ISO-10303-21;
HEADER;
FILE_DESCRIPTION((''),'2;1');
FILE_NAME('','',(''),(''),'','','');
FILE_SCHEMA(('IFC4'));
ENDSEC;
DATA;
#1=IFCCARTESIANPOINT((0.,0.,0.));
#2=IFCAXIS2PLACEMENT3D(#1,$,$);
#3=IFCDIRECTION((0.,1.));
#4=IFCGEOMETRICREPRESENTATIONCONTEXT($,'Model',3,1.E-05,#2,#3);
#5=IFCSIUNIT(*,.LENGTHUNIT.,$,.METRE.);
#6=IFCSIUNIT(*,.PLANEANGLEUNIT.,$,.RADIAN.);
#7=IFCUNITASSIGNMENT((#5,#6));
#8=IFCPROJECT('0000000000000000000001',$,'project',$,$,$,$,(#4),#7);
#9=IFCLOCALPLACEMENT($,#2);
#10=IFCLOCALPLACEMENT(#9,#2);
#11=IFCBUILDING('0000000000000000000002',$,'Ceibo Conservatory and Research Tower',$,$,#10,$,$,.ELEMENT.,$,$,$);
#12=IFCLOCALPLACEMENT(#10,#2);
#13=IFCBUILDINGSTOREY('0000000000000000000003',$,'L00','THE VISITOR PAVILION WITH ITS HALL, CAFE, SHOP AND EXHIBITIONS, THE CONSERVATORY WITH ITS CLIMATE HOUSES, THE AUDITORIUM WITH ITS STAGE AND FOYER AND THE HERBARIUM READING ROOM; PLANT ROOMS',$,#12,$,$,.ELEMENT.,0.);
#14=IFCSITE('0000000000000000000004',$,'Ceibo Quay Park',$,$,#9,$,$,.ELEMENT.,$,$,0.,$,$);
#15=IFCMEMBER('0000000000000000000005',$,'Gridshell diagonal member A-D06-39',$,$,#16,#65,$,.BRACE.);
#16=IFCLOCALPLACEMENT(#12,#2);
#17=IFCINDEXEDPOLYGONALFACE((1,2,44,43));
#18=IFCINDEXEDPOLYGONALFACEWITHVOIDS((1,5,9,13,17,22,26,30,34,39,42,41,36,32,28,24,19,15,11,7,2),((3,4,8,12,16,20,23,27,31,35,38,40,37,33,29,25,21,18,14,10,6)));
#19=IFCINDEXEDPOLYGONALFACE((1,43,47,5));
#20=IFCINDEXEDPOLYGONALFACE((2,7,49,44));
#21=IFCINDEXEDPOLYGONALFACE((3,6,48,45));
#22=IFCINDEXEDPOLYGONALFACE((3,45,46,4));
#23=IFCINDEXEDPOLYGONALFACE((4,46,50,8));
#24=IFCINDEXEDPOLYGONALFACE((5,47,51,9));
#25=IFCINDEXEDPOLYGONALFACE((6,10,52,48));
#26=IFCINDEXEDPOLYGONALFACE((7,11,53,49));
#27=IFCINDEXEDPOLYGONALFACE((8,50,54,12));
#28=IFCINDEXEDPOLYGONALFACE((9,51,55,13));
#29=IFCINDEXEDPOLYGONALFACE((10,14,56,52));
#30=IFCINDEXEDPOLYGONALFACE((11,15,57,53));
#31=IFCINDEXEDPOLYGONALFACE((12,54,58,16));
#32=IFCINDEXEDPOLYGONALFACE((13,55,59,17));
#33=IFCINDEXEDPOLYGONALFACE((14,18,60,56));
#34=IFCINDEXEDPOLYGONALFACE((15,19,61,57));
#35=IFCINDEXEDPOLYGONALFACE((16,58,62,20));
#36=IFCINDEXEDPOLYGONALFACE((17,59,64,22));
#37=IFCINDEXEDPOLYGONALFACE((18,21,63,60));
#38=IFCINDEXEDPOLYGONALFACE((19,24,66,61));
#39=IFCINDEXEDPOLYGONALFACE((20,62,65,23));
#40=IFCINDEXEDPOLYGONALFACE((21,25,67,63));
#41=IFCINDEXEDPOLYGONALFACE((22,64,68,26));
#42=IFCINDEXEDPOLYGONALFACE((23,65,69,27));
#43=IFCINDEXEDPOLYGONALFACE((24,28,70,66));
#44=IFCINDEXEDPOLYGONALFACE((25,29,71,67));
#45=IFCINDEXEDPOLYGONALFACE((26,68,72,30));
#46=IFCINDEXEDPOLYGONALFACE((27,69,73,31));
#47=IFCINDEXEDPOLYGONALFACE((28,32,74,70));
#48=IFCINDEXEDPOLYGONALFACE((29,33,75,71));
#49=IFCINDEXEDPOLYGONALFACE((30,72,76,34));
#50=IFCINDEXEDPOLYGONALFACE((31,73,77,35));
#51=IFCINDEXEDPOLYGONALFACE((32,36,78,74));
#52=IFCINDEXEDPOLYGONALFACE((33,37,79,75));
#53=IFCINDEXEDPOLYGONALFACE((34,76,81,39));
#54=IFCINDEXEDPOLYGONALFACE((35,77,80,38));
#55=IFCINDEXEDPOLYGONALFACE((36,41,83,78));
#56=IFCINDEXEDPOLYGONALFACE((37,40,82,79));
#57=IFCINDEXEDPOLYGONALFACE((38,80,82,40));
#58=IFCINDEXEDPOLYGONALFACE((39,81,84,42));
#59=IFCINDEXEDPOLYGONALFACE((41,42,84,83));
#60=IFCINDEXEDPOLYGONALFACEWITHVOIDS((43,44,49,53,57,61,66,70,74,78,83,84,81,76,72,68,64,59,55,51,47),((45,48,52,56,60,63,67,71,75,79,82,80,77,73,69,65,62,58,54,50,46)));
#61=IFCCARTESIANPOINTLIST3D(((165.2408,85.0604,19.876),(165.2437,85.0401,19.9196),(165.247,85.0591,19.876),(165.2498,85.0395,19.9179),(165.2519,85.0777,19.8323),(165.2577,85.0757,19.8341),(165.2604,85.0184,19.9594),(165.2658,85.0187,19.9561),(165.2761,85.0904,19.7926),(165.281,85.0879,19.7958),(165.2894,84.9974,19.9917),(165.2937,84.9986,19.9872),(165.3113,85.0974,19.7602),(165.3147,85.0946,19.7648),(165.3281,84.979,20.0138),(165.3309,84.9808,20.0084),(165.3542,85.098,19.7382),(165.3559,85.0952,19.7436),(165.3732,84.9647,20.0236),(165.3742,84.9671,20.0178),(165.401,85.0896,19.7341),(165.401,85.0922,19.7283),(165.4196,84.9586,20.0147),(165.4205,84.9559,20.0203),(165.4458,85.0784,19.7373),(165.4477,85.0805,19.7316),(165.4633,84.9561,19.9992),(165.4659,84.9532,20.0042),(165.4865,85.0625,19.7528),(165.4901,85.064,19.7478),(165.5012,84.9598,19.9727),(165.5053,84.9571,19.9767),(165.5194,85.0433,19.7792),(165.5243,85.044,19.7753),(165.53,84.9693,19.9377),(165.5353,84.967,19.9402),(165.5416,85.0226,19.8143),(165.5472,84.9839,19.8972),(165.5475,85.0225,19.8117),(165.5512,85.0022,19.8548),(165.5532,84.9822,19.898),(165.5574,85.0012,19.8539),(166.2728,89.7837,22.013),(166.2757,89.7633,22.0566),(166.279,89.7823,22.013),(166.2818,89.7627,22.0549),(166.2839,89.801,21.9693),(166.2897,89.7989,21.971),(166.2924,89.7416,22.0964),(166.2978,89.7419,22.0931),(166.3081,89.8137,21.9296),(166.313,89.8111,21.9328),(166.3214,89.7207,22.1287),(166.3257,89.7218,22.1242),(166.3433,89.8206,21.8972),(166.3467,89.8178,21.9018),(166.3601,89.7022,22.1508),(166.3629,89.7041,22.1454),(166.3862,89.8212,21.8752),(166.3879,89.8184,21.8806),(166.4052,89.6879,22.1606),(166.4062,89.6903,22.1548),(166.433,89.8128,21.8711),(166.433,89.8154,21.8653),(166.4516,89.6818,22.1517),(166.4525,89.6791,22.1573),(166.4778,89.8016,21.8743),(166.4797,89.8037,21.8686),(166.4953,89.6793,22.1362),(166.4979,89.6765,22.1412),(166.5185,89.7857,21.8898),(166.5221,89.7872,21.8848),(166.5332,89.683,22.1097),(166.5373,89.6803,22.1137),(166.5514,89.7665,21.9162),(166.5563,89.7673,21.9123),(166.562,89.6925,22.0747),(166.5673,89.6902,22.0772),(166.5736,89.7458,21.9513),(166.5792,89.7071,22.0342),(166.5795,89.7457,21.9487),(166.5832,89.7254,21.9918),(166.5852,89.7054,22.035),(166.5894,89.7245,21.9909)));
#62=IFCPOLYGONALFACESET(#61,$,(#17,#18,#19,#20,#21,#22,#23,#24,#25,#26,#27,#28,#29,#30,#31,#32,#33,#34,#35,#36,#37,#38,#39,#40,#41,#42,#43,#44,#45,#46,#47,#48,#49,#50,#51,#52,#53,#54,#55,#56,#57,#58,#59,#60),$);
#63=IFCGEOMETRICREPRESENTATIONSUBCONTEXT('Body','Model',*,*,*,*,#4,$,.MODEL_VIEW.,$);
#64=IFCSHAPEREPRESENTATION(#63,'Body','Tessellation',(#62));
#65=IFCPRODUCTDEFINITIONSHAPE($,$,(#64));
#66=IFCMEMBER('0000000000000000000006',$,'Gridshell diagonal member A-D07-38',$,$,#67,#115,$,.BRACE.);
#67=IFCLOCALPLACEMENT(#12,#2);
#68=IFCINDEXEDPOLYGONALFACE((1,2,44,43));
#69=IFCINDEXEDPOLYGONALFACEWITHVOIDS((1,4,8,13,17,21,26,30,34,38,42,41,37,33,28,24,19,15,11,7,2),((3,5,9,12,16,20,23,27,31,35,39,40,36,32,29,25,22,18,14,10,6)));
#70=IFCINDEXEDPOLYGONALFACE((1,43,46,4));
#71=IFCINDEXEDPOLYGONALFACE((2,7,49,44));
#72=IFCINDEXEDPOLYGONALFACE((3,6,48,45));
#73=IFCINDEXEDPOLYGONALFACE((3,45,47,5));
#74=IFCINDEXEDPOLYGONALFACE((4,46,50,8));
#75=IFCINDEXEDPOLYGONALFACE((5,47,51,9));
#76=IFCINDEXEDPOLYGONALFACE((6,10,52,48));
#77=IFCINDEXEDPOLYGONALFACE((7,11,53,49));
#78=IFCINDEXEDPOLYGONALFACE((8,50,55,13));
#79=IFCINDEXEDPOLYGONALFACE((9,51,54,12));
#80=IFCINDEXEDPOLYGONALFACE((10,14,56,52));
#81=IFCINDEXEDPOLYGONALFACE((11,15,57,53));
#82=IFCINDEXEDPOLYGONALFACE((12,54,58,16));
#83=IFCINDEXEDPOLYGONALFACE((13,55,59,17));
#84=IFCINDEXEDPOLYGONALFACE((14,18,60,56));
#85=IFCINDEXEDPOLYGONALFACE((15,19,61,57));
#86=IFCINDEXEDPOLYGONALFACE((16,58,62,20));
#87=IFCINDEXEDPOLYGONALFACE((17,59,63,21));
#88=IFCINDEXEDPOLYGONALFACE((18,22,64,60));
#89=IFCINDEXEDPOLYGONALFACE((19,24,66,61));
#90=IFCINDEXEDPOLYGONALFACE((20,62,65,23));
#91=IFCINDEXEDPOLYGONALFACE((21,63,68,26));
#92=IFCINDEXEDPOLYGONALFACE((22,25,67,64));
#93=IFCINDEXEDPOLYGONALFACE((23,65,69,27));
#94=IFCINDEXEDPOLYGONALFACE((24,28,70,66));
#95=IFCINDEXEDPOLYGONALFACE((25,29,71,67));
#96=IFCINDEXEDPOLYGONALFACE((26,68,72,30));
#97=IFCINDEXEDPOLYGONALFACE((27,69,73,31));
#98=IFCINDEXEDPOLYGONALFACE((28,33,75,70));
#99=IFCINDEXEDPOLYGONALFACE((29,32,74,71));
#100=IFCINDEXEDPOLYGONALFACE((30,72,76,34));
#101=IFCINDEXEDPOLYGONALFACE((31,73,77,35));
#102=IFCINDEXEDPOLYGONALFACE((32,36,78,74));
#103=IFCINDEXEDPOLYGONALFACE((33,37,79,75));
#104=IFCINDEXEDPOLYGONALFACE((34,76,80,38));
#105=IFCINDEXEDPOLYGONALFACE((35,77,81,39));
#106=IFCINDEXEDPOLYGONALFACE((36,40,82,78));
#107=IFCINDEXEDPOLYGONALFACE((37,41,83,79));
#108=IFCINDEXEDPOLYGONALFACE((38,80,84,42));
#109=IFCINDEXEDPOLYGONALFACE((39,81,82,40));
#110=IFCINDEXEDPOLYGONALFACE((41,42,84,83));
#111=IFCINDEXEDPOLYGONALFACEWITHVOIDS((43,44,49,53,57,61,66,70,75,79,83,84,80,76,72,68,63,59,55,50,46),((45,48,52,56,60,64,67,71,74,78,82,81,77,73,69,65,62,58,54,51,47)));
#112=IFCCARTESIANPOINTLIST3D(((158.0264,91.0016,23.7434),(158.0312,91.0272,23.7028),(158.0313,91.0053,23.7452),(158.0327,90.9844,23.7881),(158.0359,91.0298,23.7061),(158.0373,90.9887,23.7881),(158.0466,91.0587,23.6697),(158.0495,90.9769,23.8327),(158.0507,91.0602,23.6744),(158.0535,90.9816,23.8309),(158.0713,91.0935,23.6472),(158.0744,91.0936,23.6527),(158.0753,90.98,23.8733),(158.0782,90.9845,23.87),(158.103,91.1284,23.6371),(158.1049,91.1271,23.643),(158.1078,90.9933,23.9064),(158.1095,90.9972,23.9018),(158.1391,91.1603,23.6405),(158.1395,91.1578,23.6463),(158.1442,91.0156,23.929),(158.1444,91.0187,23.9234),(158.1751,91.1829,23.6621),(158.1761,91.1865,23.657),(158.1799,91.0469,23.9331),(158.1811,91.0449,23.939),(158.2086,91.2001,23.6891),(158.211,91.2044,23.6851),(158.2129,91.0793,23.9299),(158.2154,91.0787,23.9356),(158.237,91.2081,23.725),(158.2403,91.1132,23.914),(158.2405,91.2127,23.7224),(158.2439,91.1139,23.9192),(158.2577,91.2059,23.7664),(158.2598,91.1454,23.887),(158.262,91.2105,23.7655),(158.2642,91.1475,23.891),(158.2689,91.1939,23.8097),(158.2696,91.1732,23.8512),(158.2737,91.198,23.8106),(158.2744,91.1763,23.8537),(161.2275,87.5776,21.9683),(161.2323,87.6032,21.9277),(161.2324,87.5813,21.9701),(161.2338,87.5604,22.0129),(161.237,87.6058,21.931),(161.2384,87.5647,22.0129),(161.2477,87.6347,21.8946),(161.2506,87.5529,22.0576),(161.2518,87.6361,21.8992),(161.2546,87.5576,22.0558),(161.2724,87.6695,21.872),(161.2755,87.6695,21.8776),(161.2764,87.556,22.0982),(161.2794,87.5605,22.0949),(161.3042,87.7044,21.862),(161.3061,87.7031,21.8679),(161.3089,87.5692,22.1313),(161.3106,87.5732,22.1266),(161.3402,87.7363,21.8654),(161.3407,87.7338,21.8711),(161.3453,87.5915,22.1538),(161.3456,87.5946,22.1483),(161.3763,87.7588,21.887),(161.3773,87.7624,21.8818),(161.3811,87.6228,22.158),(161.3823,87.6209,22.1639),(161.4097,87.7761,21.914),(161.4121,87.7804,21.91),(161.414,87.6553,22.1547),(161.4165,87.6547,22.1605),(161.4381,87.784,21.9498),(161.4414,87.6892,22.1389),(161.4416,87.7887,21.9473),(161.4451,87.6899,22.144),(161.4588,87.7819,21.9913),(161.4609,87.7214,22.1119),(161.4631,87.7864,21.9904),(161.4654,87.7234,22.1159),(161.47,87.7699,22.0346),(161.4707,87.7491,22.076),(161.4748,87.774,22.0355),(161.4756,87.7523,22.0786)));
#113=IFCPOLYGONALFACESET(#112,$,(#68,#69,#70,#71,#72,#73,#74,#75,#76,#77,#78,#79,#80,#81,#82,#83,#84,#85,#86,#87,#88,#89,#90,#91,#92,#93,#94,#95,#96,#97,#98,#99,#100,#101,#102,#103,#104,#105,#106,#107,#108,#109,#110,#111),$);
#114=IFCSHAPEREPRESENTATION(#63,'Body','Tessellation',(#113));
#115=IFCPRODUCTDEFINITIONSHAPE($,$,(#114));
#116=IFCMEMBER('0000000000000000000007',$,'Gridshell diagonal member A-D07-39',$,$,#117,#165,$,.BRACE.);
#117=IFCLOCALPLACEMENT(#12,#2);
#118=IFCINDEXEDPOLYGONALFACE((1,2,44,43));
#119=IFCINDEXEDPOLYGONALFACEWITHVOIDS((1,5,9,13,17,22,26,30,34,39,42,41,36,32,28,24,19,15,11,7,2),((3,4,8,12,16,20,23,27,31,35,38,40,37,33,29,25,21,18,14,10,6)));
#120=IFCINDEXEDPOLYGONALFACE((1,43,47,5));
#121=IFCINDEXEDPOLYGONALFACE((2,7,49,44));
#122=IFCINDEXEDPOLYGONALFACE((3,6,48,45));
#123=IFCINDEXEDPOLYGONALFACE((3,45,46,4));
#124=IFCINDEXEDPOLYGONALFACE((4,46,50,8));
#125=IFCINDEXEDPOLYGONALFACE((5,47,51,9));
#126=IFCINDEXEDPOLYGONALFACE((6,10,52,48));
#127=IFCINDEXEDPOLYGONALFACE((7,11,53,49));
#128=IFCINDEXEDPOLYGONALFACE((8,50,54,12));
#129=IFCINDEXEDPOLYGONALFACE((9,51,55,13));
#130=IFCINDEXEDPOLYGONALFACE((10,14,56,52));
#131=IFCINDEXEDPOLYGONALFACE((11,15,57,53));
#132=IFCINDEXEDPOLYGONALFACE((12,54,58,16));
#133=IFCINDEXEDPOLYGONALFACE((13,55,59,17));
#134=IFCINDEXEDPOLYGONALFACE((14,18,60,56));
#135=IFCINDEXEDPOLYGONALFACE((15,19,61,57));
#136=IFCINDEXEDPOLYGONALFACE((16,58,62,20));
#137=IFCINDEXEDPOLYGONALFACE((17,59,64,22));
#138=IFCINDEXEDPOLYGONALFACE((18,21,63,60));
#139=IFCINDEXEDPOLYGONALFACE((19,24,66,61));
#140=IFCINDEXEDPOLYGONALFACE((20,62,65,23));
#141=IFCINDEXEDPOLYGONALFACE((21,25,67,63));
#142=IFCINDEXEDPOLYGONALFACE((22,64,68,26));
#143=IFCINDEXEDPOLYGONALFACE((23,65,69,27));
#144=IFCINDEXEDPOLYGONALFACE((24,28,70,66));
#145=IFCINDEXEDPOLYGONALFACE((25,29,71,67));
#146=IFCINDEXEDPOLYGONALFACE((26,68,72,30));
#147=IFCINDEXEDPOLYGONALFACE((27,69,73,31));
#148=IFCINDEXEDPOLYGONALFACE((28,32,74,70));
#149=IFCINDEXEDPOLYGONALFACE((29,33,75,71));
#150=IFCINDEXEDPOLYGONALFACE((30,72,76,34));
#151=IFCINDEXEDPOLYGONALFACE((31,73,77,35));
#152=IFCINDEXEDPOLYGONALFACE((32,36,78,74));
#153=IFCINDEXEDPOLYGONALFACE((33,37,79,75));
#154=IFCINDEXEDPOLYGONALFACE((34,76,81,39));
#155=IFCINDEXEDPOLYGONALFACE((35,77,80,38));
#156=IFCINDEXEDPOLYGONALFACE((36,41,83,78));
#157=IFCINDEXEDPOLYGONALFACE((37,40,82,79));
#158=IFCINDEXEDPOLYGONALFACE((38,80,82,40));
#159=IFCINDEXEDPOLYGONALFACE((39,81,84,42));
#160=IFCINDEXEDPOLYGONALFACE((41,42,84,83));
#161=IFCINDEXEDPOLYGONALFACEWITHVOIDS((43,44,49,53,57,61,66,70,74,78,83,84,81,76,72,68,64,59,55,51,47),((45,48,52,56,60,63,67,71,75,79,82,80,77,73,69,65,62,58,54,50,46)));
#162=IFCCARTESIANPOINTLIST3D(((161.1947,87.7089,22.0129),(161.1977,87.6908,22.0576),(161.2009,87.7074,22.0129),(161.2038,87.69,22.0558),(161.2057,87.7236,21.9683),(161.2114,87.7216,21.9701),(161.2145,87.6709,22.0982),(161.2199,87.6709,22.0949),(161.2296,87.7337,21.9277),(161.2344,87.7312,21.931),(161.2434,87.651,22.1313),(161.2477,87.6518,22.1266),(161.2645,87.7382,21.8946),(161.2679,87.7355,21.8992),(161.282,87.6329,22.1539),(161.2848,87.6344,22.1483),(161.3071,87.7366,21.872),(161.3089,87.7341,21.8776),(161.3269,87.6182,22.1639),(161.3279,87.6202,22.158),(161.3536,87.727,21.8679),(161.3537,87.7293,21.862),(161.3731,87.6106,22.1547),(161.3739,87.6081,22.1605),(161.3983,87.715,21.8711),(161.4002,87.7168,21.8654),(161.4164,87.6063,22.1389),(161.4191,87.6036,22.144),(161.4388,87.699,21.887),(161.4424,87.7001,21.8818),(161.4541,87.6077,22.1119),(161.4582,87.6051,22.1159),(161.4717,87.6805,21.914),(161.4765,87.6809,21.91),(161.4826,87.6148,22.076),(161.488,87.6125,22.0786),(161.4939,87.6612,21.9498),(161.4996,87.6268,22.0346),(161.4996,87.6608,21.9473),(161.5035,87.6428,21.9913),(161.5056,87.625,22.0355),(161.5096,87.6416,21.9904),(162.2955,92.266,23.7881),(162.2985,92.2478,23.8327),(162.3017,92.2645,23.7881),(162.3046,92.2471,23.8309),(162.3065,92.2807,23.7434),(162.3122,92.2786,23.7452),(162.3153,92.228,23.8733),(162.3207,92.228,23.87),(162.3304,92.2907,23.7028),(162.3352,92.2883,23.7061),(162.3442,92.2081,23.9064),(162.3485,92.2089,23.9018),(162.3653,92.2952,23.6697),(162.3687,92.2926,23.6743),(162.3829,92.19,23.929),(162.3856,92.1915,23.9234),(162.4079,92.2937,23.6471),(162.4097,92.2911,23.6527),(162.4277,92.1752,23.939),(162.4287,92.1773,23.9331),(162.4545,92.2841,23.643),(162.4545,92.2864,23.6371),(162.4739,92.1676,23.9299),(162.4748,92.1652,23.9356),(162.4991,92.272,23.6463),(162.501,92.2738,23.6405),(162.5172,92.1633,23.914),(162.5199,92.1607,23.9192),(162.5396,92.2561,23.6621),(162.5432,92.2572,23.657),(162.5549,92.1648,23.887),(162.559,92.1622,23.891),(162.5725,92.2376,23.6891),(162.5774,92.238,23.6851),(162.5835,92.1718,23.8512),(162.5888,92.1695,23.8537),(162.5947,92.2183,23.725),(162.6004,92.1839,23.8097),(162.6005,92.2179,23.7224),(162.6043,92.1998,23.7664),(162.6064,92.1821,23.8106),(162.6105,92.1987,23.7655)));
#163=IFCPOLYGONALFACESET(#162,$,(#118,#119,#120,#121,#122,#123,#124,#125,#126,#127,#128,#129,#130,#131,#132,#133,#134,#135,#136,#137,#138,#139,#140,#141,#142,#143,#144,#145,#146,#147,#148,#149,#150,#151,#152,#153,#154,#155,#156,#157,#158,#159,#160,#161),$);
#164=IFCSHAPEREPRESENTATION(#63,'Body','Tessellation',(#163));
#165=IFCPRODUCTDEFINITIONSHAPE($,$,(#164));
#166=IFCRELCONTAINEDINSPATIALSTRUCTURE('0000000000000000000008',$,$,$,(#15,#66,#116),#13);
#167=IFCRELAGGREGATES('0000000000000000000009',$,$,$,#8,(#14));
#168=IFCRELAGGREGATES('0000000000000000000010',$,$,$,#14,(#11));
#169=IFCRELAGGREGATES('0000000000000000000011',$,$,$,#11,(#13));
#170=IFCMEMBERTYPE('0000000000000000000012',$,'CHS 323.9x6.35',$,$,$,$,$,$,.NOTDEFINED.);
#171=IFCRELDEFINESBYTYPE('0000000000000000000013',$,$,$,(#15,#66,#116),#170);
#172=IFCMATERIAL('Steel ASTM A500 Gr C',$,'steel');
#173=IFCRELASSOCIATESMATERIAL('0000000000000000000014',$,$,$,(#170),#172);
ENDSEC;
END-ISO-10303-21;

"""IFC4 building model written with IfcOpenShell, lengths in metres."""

from ifc_helpers import new_model, si_unit, direction, frame, origin, origin_2d, place, context, subcontext, project, spatial, hollow_circle, extrude, material, material_profile, profile_set, type_object, element, save


model = new_model("IFC4")

# Units and contexts
model_context = context("Model", 3, precision=1e-05, world=origin(), true_north=direction((0.0, 1.0)))
body_context = subcontext(model_context, "Body", "Model", "MODEL_VIEW")
ifc_project = project(units=[si_unit("LENGTHUNIT", "METRE"), si_unit("PLANEANGLEUNIT", "RADIAN")], contexts=[model_context])

# Site, building, storey
site_placement = place(None, origin())
site = spatial("IfcSite", under=ifc_project, at=site_placement, Name="Ceibo Quay Park", CompositionType="ELEMENT", RefElevation=0.0)
building_placement = place(site_placement, origin())
building = spatial("IfcBuilding", under=site, at=building_placement, Name="Ceibo Conservatory and Research Tower", CompositionType="ELEMENT")
storey_placement = place(building_placement, origin())
storey = spatial("IfcBuildingStorey", under=building, at=storey_placement, Name="L00", Description="THE VISITOR PAVILION WITH ITS HALL, CAFE, SHOP AND EXHIBITIONS, THE CONSERVATORY WITH ITS CLIMATE HOUSES, THE AUDITORIUM WITH ITS STAGE AND FOYER AND THE HERBARIUM READING ROOM; PLANT ROOMS", CompositionType="ELEMENT", Elevation=0.0)

# Members
ifc_material_1 = material(Name="Steel ASTM A500 Gr C", Category="steel")
ifc_material_profile_1 = material_profile(ifc_material_1, hollow_circle(Radius=0.1619, WallThickness=0.0063, at=origin_2d()), Name="CHS 323.9x6.35")
ifc_profile_set_1 = profile_set([ifc_material_profile_1], Name="Steel ASTM A500 Gr C")
member_type_1 = type_object("IfcMemberType", Name="CHS 323.9x6.35", PredefinedType="NOTDEFINED", material=ifc_profile_set_1)
member_1_placement = place(storey_placement, frame((165.3989, 85.0259, 19.876), z_axis=(0.195237, 0.893553, 0.404284), x_axis=(-0.976952, 0.213459, 0.0)))
element("IfcMember", 1, at=member_1_placement, inside=storey, type_object=member_type_1, Name="Gridshell diagonal member A-D06-39", PredefinedType="BRACE", context=body_context, shape_type="SweptSolid", body=[
    extrude(hollow_circle(Radius=0.1619, WallThickness=0.0063, at=origin_2d()), origin(), (0.0, 0.0, 1.0), 5.2859),
])
member_2_placement = place(storey_placement, frame((161.3521, 87.6709, 22.0129), z_axis=(-0.638666, 0.683137, 0.35416), x_axis=(-0.730483, -0.68293, 0.0)))
element("IfcMember", 2, at=member_2_placement, inside=storey, type_object=member_type_1, Name="Gridshell diagonal member A-D07-38", PredefinedType="BRACE", context=body_context, shape_type="SweptSolid", body=[
    extrude(hollow_circle(Radius=0.1619, WallThickness=0.0063, at=origin_2d()), origin(), (0.0, 0.0, 1.0), 5.0122),
])
member_3_placement = place(storey_placement, frame((161.3521, 87.6709, 22.0129), z_axis=(0.219594, 0.909058, 0.354107), x_axis=(-0.972042, 0.234809, 0.0)))
element("IfcMember", 3, at=member_3_placement, inside=storey, type_object=member_type_1, Name="Gridshell diagonal member A-D07-39", PredefinedType="BRACE", context=body_context, shape_type="SweptSolid", body=[
    extrude(hollow_circle(Radius=0.1619, WallThickness=0.0063, at=origin_2d()), origin(), (0.0, 0.0, 1.0), 5.0129),
])

save(model, "model.ifc")
